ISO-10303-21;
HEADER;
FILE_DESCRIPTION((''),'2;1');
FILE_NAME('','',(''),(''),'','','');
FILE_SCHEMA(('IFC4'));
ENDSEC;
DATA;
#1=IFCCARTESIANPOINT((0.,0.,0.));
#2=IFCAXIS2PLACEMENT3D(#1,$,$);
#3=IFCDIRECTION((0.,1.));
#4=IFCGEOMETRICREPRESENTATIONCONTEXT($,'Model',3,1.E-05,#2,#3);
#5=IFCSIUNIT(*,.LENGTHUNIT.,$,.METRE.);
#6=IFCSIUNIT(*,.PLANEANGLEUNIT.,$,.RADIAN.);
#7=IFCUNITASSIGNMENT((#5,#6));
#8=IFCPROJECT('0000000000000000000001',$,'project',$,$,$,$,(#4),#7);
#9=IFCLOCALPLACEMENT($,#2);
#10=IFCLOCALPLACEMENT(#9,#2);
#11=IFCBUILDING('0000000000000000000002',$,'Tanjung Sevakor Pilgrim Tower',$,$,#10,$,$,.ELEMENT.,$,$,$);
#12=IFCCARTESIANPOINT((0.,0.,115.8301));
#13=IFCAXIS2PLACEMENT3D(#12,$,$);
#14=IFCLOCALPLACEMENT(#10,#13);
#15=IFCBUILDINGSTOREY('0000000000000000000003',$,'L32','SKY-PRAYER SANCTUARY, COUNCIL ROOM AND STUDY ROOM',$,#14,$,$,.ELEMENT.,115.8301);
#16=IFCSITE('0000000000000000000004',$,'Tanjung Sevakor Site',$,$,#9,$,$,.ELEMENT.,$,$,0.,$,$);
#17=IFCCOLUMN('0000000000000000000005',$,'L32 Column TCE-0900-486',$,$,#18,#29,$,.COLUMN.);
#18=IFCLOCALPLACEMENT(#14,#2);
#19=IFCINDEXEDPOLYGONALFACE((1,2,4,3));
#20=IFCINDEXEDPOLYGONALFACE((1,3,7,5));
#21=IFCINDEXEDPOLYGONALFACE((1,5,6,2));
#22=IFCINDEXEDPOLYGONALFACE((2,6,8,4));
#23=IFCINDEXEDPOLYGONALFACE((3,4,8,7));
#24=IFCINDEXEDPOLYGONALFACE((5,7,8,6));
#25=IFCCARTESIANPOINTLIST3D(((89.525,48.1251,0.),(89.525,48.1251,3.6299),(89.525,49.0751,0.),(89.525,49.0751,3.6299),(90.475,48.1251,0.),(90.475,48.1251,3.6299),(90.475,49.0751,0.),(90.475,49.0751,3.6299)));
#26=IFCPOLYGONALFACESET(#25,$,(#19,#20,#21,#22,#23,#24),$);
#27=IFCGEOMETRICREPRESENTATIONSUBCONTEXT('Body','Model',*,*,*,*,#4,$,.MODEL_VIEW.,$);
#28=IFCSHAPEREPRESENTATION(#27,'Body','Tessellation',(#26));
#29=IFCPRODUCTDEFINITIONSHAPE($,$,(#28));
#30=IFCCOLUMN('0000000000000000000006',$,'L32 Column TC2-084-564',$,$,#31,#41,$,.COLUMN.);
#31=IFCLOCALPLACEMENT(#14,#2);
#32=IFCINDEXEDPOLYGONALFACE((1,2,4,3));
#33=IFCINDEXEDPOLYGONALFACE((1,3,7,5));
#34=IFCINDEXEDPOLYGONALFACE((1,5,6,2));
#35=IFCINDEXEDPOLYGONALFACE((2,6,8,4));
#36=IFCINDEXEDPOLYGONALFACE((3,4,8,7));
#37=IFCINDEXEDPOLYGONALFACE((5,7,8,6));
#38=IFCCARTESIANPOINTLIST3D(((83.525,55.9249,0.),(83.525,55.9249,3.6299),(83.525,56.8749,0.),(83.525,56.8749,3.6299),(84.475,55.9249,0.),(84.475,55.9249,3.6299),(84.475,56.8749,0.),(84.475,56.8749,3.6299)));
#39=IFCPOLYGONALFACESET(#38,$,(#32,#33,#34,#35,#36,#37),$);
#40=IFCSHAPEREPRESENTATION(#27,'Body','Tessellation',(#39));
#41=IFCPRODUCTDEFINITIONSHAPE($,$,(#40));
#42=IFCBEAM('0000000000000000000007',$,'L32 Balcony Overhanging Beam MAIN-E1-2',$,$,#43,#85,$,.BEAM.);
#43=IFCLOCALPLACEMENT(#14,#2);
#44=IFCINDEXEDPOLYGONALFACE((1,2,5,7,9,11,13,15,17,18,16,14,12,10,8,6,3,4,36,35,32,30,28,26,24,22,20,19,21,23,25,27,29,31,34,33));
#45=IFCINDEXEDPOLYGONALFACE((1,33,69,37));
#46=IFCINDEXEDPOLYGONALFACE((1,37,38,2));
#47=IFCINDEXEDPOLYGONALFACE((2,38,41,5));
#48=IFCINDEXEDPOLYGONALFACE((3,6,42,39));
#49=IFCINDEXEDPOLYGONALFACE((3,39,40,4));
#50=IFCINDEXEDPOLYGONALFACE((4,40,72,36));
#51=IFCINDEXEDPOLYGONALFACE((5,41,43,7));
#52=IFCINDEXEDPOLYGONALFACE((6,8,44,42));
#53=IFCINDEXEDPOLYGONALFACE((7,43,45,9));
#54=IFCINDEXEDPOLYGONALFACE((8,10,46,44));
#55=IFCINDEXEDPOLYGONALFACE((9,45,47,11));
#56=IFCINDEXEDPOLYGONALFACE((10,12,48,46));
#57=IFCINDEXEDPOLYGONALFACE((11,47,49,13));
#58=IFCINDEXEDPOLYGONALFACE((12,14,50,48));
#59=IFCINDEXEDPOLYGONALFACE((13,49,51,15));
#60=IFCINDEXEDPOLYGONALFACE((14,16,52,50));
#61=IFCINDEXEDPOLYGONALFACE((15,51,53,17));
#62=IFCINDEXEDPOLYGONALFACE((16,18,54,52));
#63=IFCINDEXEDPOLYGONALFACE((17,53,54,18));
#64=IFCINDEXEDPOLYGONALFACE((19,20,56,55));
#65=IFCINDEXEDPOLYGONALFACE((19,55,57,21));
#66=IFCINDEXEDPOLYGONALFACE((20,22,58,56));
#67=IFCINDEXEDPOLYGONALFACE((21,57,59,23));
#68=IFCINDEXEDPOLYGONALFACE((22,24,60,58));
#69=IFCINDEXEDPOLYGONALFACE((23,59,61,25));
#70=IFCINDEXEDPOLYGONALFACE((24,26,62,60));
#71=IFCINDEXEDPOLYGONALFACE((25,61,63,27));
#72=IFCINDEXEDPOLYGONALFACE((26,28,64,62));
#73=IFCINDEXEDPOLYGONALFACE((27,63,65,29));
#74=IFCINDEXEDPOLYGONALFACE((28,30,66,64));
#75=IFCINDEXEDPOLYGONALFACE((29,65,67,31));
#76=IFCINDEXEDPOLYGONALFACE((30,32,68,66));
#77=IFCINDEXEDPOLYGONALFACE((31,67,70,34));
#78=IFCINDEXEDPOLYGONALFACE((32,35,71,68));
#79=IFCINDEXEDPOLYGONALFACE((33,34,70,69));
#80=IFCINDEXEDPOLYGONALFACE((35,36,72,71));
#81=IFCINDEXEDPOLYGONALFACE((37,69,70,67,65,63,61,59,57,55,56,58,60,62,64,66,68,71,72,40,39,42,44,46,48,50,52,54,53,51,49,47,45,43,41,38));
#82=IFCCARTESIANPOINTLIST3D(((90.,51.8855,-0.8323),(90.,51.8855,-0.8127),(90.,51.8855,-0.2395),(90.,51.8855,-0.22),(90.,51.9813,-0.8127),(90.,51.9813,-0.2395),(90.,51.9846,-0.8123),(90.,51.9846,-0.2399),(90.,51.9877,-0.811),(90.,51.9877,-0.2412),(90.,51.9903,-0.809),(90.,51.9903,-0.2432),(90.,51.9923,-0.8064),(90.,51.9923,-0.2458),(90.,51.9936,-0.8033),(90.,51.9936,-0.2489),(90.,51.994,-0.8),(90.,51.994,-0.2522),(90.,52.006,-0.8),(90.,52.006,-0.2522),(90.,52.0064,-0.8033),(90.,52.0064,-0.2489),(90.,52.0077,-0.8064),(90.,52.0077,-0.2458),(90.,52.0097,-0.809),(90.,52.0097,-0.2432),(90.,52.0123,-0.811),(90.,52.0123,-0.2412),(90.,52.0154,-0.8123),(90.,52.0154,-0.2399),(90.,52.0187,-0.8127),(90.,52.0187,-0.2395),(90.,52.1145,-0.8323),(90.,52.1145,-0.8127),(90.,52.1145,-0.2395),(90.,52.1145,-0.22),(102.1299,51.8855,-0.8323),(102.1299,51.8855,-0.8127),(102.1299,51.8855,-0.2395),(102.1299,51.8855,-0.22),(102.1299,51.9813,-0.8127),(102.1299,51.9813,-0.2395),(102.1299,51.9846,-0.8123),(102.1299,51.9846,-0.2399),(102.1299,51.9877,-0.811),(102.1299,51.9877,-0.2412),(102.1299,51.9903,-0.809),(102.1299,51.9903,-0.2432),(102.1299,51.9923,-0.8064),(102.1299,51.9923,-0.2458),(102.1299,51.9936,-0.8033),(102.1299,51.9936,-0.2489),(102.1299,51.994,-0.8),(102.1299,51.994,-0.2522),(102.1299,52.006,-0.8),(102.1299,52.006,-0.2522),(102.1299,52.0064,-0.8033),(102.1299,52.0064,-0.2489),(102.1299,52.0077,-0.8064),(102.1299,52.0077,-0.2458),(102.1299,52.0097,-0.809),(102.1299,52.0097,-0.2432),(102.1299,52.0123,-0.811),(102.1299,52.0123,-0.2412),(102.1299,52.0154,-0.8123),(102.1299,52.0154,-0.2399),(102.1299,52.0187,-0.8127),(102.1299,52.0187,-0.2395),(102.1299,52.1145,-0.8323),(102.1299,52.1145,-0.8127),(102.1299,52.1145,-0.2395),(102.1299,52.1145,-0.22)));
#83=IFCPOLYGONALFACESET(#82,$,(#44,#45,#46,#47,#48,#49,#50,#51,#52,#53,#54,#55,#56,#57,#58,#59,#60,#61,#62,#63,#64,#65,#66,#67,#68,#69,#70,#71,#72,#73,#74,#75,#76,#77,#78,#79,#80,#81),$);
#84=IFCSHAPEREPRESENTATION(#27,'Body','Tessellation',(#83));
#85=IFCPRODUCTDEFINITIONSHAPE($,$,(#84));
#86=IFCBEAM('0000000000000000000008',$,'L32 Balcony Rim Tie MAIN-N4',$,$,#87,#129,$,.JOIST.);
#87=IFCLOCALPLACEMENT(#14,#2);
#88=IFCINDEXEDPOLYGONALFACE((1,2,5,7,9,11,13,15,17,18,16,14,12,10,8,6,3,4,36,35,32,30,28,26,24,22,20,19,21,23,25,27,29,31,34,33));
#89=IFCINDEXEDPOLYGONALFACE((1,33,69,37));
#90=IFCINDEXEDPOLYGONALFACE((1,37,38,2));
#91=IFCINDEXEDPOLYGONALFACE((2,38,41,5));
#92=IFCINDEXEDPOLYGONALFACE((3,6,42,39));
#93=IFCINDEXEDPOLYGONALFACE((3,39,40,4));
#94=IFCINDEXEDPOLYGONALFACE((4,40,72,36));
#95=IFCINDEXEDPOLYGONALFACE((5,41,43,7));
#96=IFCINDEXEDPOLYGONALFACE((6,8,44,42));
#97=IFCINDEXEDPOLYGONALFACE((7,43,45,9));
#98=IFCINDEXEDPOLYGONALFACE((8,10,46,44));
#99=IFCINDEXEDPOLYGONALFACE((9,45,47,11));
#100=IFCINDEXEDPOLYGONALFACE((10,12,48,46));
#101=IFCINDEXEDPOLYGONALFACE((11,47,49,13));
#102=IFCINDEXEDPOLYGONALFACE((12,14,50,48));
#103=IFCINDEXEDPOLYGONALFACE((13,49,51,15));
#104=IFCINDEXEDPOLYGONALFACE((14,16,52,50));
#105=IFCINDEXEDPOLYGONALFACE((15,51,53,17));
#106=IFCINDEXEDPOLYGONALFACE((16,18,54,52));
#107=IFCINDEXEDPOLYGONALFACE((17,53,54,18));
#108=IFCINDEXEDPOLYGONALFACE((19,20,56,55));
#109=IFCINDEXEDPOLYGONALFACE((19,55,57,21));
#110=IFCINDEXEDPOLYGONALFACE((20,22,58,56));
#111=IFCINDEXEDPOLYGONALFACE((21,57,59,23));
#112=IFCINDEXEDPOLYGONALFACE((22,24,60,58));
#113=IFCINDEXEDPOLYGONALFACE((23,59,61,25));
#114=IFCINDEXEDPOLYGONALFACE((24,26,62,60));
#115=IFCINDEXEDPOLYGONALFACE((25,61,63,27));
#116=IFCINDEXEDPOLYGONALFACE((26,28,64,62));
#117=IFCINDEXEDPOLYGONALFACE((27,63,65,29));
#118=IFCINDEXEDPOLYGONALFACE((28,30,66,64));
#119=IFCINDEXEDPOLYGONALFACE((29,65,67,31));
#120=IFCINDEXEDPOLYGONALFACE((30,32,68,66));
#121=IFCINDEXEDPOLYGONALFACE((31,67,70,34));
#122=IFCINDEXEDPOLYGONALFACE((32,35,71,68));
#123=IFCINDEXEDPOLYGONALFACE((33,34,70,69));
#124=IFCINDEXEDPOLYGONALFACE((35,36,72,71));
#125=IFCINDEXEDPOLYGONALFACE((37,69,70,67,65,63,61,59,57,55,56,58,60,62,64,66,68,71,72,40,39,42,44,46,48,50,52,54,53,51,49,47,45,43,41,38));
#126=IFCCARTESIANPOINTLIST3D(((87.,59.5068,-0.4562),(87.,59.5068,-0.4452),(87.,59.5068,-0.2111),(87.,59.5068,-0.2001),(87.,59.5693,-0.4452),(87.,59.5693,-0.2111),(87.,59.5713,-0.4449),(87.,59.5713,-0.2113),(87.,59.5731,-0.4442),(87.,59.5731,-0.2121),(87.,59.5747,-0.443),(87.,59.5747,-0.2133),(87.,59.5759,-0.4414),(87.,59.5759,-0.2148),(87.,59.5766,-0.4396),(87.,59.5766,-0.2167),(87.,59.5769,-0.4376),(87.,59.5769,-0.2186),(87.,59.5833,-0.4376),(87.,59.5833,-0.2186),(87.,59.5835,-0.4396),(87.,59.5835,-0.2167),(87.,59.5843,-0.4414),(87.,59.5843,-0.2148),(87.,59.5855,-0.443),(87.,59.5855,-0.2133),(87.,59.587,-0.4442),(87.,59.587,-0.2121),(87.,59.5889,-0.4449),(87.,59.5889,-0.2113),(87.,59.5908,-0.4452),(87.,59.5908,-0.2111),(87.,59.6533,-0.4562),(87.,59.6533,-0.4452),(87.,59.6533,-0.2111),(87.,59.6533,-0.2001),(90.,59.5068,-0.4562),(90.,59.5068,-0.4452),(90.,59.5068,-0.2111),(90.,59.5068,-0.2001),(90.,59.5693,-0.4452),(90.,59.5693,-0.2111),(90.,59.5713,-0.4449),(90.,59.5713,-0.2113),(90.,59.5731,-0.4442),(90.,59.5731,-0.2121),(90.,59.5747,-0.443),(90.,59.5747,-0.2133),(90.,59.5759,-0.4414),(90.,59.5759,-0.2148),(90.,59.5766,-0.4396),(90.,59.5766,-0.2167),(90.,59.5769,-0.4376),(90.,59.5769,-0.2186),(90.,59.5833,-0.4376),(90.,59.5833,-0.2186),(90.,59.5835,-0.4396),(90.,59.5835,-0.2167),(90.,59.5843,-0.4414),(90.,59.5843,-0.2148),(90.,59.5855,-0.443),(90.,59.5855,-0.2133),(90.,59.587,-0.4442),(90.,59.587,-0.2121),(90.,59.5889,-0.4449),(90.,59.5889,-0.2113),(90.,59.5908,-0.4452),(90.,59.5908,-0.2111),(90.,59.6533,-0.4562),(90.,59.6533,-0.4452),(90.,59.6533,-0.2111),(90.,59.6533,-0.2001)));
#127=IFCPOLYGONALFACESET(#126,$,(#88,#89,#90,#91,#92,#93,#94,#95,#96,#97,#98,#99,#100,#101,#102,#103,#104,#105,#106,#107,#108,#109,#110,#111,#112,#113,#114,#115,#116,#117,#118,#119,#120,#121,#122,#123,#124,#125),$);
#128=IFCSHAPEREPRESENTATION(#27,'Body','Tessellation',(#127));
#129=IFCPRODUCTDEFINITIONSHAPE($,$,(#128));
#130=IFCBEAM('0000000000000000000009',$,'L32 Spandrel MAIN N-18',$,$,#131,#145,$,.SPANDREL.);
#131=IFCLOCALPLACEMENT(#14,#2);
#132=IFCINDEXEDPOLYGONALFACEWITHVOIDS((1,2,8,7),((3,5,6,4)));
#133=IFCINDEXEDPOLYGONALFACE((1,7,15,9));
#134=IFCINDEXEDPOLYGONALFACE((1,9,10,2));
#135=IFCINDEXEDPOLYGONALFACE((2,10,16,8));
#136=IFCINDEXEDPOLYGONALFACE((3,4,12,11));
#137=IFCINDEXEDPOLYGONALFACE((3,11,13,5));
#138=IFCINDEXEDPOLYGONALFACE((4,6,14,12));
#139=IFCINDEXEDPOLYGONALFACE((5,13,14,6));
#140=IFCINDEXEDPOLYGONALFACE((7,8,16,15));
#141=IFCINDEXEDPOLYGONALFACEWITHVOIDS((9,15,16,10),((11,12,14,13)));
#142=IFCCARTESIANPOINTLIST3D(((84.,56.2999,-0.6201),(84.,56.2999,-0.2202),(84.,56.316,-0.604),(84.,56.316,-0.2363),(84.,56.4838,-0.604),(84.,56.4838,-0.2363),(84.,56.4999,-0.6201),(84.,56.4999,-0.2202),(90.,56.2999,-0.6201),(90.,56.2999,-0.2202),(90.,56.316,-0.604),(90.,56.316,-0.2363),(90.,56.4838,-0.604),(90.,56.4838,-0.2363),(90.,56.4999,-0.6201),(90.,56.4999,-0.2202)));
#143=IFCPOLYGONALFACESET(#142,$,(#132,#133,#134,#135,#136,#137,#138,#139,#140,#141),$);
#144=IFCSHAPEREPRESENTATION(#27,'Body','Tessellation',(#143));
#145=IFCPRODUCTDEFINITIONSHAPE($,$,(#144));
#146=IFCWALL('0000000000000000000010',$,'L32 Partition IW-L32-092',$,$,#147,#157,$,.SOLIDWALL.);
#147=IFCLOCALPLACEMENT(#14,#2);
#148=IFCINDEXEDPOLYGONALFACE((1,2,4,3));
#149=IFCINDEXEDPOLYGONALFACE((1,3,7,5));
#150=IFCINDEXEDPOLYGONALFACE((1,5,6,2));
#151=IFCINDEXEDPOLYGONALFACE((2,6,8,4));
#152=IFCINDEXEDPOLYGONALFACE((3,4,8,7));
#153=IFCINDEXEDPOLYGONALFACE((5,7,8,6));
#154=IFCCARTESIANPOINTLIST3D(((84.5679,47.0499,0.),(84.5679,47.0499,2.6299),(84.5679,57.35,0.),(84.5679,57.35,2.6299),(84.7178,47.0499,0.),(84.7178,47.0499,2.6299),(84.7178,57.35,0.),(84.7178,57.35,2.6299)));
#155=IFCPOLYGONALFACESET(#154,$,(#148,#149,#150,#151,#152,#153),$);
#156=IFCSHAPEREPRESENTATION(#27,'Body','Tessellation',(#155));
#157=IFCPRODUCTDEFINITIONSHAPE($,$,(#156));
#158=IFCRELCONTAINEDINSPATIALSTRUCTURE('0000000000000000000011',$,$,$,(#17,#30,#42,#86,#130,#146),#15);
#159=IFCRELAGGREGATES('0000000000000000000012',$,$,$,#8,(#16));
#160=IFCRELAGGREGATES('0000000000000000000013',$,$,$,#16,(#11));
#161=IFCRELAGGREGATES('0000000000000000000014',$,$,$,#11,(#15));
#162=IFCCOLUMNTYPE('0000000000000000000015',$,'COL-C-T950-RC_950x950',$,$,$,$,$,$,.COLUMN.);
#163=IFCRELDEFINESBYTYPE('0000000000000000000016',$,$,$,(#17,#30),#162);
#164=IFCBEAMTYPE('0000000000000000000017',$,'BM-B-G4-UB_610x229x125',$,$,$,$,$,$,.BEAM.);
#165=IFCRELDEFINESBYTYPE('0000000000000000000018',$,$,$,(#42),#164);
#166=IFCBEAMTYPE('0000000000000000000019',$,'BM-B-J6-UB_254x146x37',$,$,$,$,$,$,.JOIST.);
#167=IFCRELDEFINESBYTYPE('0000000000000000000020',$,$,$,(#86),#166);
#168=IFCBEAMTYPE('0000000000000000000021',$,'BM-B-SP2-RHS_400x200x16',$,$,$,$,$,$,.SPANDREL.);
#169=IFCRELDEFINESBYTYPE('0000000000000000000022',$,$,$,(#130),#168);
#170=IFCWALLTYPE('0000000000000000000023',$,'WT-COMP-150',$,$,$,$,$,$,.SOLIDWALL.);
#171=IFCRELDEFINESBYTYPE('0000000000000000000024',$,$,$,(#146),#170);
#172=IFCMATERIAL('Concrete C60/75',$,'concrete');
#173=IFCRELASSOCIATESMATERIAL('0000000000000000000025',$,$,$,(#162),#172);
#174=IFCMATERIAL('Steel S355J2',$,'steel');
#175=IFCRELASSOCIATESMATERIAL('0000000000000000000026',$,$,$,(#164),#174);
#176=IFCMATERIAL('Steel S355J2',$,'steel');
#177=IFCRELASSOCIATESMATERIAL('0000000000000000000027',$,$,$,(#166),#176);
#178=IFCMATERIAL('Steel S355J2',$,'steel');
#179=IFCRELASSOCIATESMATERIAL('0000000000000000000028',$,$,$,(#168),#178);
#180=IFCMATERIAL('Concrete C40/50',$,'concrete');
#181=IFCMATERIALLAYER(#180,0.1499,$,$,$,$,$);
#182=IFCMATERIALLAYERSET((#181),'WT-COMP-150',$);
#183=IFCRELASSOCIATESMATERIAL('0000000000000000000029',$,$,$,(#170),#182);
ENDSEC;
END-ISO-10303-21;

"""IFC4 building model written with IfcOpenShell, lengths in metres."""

from ifc_helpers import new_model, si_unit, direction, frame, frame_2d, origin, origin_2d, place, context, subcontext, project, spatial, rectangle, hollow_rectangle, i_section, extrude, material, layer, layer_set, material_profile, profile_set, type_object, element, save


model = new_model("IFC4")

# Units and contexts
model_context = context("Model", 3, precision=1e-05, world=origin(), true_north=direction((0.0, 1.0)))
body_context = subcontext(model_context, "Body", "Model", "MODEL_VIEW")
ifc_project = project(units=[si_unit("LENGTHUNIT", "METRE"), si_unit("PLANEANGLEUNIT", "RADIAN")], contexts=[model_context])

# Site, building, storey
site_placement = place(None, origin())
site = spatial("IfcSite", under=ifc_project, at=site_placement, Name="Tanjung Sevakor Site", CompositionType="ELEMENT", RefElevation=0.0)
building_placement = place(site_placement, origin())
building = spatial("IfcBuilding", under=site, at=building_placement, Name="Tanjung Sevakor Pilgrim Tower", CompositionType="ELEMENT")
storey_placement = place(building_placement, frame((0.0, 0.0, 115.8301)))
storey = spatial("IfcBuildingStorey", under=building, at=storey_placement, Name="L32", Description="SKY-PRAYER SANCTUARY, COUNCIL ROOM AND STUDY ROOM", CompositionType="ELEMENT", Elevation=115.8301)

# Columns
ifc_material_1 = material(Name="Concrete C60/75", Category="concrete")
ifc_material_profile_1 = material_profile(ifc_material_1, rectangle(XDim=0.95, YDim=0.95, at=origin_2d()))
ifc_profile_set_1 = profile_set([ifc_material_profile_1], Name="Concrete C60/75")
column_type = type_object("IfcColumnType", Name="COL-C-T950-RC_950x950", PredefinedType="COLUMN", material=ifc_profile_set_1)
for number, where, z_axis, x_axis, name in (
    (1, (90.0, 48.6001, 0.0), (0.0, 0.0, 1.0), (1.0, 0.0, 0.0), "L32 Column TCE-0900-486"),
    (2, (84.0, 56.3999, 0.0), (0.0, 0.0, 1.0), (1.0, 0.0, 0.0), "L32 Column TC2-084-564"),
):
    element("IfcColumn", number, at=place(storey_placement, frame(where, z_axis=z_axis, x_axis=x_axis)), inside=storey, type_object=column_type, Name=name, PredefinedType="COLUMN", context=body_context, shape_type="SweptSolid", body=[
        extrude(rectangle(XDim=0.95, YDim=0.95, at=origin_2d()), origin(), (0.0, 0.0, 1.0), 3.6299),
    ])

# Beams
ifc_material_2 = material(Name="Steel S355J2", Category="steel")
ifc_material_profile_2 = material_profile(ifc_material_2, i_section(OverallWidth=0.229, OverallDepth=0.6123, WebThickness=0.012, FlangeThickness=0.0195, FilletRadius=0.0127, at=origin_2d()))
ifc_profile_set_2 = profile_set([ifc_material_profile_2], Name="Steel S355J2")
beam_type_1 = type_object("IfcBeamType", Name="BM-B-G4-UB_610x229x125", PredefinedType="BEAM", material=ifc_profile_set_2)
beam_1_placement = place(storey_placement, frame((90.0, 52.0, -0.5261), z_axis=(1.0, 0.0, 0.0), x_axis=(0.0, 1.0, 0.0)))
element("IfcBeam", 3, at=beam_1_placement, inside=storey, type_object=beam_type_1, Name="L32 Balcony Overhanging Beam MAIN-E1-2", PredefinedType="BEAM", context=body_context, shape_type="SweptSolid", body=[
    extrude(i_section(OverallWidth=0.229, OverallDepth=0.6123, WebThickness=0.012, FlangeThickness=0.0195, FilletRadius=0.0127, at=origin_2d()), origin(), (0.0, 0.0, 1.0), 12.1299),
])
ifc_material_3 = material(Name="Steel S355J2", Category="steel")
ifc_material_profile_3 = material_profile(ifc_material_3, i_section(OverallWidth=0.1465, OverallDepth=0.2561, WebThickness=0.0063, FlangeThickness=0.011, FilletRadius=0.0076, at=origin_2d()))
ifc_profile_set_3 = profile_set([ifc_material_profile_3], Name="Steel S355J2")
beam_type_2 = type_object("IfcBeamType", Name="BM-B-J6-UB_254x146x37", PredefinedType="JOIST", material=ifc_profile_set_3)
beam_2_placement = place(storey_placement, frame((87.0, 59.5801, -0.3281), z_axis=(1.0, 0.0, 0.0), x_axis=(0.0, 1.0, 0.0)))
element("IfcBeam", 4, at=beam_2_placement, inside=storey, type_object=beam_type_2, Name="L32 Balcony Rim Tie MAIN-N4", PredefinedType="JOIST", context=body_context, shape_type="SweptSolid", body=[
    extrude(i_section(OverallWidth=0.1465, OverallDepth=0.2561, WebThickness=0.0063, FlangeThickness=0.011, FilletRadius=0.0076, at=origin_2d()), origin(), (0.0, 0.0, 1.0), 3.0),
])
ifc_material_4 = material(Name="Steel S355J2", Category="steel")
ifc_material_profile_4 = material_profile(ifc_material_4, hollow_rectangle(XDim=0.2, YDim=0.3999, WallThickness=0.0161, at=origin_2d()))
ifc_profile_set_4 = profile_set([ifc_material_profile_4], Name="Steel S355J2")
beam_type_3 = type_object("IfcBeamType", Name="BM-B-SP2-RHS_400x200x16", PredefinedType="SPANDREL", material=ifc_profile_set_4)
beam_3_placement = place(storey_placement, frame((84.0, 56.3999, -0.4202), z_axis=(1.0, 0.0, 0.0), x_axis=(0.0, 1.0, 0.0)))
element("IfcBeam", 5, at=beam_3_placement, inside=storey, type_object=beam_type_3, Name="L32 Spandrel MAIN N-18", PredefinedType="SPANDREL", context=body_context, shape_type="SweptSolid", body=[
    extrude(hollow_rectangle(XDim=0.2, YDim=0.3999, WallThickness=0.0161, at=origin_2d()), origin(), (0.0, 0.0, 1.0), 6.0),
])

# Wall
ifc_material_5 = material(Name="Concrete C40/50", Category="concrete")
ifc_layer_1 = layer(ifc_material_5, 0.1499)
ifc_layer_set_1 = layer_set([ifc_layer_1], Name="WT-COMP-150")
wall_type_1 = type_object("IfcWallType", Name="WT-COMP-150", PredefinedType="SOLIDWALL", material=ifc_layer_set_1)
wall_1_placement = place(storey_placement, frame((84.6428, 47.05, 0.0), z_axis=(0.0, 0.0, 1.0), x_axis=(0.0, 1.0, 0.0)))
element("IfcWall", 6, at=wall_1_placement, inside=storey, type_object=wall_type_1, Name="L32 Partition IW-L32-092", PredefinedType="SOLIDWALL", context=body_context, shape_type="SweptSolid", body=[
    extrude(rectangle(XDim=10.3, YDim=0.1499, at=frame_2d((5.1499, 0.0))), origin(), (0.0, 0.0, 1.0), 2.6299),
])

save(model, "model.ifc")
